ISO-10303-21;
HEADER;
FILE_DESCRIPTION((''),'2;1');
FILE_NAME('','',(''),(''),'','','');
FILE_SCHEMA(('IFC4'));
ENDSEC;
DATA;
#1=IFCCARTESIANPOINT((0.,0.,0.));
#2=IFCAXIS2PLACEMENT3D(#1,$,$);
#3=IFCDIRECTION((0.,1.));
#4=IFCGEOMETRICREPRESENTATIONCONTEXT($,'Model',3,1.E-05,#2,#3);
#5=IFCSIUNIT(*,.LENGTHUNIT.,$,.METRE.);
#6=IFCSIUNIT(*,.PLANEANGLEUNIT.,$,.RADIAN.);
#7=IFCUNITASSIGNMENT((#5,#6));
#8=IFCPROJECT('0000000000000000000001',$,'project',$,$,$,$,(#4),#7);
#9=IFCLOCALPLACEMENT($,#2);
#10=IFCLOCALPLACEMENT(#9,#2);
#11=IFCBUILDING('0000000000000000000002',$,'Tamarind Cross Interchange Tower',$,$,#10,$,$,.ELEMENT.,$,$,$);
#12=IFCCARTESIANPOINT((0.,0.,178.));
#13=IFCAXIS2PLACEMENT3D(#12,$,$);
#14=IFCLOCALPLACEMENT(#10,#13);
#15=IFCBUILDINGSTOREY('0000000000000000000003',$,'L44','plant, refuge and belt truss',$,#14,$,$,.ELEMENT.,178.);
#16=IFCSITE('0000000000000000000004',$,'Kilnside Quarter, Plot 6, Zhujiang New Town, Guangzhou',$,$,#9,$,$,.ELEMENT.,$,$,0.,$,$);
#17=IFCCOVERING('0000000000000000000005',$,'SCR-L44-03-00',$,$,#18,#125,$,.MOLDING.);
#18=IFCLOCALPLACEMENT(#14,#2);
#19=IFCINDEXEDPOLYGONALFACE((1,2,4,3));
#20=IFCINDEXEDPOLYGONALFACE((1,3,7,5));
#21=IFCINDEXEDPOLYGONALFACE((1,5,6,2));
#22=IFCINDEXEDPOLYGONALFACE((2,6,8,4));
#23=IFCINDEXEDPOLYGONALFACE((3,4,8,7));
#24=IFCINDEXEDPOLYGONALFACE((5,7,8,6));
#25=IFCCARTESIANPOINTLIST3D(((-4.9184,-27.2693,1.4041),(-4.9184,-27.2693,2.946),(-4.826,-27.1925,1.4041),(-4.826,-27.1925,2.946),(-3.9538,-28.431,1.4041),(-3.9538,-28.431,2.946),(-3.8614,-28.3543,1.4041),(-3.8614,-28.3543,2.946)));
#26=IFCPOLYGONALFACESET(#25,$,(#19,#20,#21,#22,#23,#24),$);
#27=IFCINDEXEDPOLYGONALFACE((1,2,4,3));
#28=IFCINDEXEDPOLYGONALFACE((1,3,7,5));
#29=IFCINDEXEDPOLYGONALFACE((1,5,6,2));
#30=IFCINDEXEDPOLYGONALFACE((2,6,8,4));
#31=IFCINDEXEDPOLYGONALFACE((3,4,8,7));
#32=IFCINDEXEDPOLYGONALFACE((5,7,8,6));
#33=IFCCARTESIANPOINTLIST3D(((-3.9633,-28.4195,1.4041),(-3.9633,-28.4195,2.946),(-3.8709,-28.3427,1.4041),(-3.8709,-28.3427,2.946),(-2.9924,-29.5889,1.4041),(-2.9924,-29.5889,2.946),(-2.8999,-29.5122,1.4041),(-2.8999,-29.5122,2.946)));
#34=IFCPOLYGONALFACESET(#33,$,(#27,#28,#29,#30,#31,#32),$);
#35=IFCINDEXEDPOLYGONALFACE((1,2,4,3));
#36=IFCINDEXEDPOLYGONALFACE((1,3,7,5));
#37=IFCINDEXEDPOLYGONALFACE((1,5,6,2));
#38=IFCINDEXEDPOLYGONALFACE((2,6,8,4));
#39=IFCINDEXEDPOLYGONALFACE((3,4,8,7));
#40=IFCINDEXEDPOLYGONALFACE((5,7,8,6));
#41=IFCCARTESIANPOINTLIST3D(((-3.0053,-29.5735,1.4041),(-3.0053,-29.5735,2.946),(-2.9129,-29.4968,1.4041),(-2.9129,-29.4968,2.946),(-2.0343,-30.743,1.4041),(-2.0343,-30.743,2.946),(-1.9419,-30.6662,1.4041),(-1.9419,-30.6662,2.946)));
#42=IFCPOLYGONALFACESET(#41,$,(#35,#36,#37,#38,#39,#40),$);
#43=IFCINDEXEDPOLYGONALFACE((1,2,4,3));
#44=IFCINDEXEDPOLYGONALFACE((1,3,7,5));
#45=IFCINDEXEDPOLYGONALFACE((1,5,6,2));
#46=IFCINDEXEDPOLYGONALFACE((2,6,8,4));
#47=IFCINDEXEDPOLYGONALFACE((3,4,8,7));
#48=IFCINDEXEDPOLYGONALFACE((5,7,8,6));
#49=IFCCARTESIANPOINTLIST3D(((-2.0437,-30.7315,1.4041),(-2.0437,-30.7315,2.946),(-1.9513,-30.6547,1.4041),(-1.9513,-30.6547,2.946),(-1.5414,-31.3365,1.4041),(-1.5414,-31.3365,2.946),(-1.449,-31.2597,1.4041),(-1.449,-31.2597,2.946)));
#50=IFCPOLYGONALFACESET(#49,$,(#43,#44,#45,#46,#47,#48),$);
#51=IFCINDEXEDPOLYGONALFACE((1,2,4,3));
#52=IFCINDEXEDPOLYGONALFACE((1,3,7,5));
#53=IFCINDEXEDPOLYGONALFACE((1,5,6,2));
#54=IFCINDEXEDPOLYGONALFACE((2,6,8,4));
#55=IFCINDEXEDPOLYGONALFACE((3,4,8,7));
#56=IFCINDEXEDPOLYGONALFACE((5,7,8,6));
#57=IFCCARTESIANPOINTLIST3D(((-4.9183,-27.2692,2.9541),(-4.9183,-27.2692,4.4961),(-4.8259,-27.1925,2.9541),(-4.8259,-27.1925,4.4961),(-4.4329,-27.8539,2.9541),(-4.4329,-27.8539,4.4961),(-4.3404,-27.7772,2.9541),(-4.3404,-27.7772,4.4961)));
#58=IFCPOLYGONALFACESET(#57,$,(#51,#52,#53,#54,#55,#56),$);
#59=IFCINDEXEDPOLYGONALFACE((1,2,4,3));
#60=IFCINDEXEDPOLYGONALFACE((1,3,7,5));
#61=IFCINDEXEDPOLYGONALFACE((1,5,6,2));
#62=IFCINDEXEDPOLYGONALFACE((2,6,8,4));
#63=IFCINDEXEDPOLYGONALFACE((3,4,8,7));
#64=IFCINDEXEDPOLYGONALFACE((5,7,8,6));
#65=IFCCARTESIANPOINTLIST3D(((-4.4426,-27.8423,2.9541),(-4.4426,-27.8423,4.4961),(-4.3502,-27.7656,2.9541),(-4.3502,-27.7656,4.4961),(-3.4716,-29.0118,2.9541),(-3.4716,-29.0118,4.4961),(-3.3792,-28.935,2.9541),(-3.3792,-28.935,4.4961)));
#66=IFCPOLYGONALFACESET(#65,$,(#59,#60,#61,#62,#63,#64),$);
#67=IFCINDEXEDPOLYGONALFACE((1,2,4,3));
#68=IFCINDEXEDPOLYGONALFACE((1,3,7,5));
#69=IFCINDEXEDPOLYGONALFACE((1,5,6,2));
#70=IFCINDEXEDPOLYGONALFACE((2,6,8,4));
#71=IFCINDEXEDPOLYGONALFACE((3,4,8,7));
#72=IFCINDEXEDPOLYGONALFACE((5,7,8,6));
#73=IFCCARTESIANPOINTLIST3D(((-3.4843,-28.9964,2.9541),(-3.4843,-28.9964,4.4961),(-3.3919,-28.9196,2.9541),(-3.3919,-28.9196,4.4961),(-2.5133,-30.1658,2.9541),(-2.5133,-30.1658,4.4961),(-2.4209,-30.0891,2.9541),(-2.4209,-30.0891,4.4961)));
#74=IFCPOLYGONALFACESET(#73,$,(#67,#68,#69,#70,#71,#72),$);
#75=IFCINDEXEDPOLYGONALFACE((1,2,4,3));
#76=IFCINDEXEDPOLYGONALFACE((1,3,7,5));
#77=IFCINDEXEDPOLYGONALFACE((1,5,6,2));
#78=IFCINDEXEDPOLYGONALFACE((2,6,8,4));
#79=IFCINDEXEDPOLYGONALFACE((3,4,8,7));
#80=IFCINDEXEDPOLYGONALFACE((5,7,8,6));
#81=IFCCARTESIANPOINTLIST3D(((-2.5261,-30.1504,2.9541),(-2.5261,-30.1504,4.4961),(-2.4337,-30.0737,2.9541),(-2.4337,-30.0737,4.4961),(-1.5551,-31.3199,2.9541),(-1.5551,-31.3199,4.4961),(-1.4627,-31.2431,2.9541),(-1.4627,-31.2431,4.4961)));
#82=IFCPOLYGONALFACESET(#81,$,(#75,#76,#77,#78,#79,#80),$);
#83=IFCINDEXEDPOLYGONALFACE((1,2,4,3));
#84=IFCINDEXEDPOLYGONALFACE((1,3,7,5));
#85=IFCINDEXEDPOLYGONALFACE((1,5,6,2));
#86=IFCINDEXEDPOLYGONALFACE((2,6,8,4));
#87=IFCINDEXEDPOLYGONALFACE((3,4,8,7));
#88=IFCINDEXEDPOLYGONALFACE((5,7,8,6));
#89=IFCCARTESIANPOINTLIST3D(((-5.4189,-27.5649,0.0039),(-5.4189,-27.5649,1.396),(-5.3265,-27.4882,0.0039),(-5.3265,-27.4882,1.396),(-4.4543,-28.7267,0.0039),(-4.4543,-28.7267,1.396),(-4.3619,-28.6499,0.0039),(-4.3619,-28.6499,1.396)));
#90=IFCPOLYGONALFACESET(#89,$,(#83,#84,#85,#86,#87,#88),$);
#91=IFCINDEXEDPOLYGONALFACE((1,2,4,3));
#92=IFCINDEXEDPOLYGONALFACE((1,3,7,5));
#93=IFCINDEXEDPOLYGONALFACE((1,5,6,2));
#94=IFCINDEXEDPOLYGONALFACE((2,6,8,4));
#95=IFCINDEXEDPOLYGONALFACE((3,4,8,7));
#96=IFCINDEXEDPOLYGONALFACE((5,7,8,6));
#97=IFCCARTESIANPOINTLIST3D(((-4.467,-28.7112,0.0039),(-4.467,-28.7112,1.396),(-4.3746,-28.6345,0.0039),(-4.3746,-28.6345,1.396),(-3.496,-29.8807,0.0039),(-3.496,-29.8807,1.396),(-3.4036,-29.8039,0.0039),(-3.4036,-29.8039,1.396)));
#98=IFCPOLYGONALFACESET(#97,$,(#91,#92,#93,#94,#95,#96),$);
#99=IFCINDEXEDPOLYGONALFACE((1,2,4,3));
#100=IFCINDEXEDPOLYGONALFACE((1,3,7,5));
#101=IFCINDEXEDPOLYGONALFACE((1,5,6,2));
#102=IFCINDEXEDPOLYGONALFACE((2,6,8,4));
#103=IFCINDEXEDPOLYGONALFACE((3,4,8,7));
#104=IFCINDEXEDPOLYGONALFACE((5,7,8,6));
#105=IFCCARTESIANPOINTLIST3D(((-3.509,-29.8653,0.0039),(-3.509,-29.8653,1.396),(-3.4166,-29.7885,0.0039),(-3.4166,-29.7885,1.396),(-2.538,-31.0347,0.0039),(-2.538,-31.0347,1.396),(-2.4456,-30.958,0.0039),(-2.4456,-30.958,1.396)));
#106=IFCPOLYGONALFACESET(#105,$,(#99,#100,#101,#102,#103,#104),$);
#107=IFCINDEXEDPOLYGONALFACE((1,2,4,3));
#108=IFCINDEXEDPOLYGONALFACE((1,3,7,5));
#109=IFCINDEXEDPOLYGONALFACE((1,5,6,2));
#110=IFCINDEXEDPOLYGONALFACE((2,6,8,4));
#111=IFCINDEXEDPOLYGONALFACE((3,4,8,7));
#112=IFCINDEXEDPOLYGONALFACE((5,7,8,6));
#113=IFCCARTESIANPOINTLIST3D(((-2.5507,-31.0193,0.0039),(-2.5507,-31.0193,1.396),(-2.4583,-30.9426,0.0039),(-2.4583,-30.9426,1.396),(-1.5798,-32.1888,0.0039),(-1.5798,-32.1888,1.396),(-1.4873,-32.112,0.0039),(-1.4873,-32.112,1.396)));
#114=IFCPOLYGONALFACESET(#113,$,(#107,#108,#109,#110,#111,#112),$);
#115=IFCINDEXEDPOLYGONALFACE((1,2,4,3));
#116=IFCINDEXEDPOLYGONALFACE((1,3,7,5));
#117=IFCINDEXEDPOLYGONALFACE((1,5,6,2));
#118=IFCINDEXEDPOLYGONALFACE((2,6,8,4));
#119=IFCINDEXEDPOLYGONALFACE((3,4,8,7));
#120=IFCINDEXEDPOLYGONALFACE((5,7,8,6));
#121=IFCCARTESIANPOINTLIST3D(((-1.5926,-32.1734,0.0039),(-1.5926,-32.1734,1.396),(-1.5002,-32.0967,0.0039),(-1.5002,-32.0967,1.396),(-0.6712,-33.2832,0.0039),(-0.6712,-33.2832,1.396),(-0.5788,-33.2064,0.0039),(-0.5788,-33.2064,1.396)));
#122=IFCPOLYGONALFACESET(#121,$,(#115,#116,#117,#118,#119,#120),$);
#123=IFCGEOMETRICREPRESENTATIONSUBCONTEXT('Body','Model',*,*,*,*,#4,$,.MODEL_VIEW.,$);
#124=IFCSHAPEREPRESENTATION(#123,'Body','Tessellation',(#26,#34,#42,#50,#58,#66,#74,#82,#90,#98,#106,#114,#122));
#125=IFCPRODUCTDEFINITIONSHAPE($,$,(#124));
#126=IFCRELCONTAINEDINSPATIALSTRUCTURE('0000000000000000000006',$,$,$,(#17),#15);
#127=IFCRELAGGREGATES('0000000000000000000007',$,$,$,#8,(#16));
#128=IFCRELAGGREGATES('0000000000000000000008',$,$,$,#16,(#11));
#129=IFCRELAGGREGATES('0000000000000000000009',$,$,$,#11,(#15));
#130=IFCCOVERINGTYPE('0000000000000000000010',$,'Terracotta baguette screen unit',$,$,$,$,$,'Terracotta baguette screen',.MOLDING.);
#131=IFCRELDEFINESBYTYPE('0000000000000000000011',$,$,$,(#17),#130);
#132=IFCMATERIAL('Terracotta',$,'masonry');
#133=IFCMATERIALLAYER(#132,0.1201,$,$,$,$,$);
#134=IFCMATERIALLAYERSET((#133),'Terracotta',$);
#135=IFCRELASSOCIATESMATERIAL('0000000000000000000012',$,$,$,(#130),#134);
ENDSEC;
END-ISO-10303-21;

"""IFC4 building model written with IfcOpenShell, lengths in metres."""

from ifc_helpers import new_model, si_unit, direction, frame, origin, origin_2d, place, context, subcontext, project, spatial, rectangle, extrude, material, layer, layer_set, type_object, element, save


model = new_model("IFC4")

# Units and contexts
model_context = context("Model", 3, precision=1e-05, world=origin(), true_north=direction((0.0, 1.0)))
body_context = subcontext(model_context, "Body", "Model", "MODEL_VIEW")
ifc_project = project(units=[si_unit("LENGTHUNIT", "METRE"), si_unit("PLANEANGLEUNIT", "RADIAN")], contexts=[model_context])

# Site, building, storey
site_placement = place(None, origin())
site = spatial("IfcSite", under=ifc_project, at=site_placement, Name="Kilnside Quarter, Plot 6, Zhujiang New Town, Guangzhou", CompositionType="ELEMENT", RefElevation=0.0)
building_placement = place(site_placement, origin())
building = spatial("IfcBuilding", under=site, at=building_placement, Name="Tamarind Cross Interchange Tower", CompositionType="ELEMENT")
storey_placement = place(building_placement, frame((0.0, 0.0, 178.0)))
storey = spatial("IfcBuildingStorey", under=building, at=storey_placement, Name="L44", Description="plant, refuge and belt truss", CompositionType="ELEMENT", Elevation=178.0)

# Covering
ifc_material_1 = material(Name="Terracotta", Category="masonry")
ifc_layer_1 = layer(ifc_material_1, 0.1201)
ifc_layer_set_1 = layer_set([ifc_layer_1], Name="Terracotta")
covering_type = type_object("IfcCoveringType", Name="Terracotta baguette screen unit", ElementType="Terracotta baguette screen", PredefinedType="MOLDING", material=ifc_layer_set_1)
covering_1_placement = place(storey_placement, origin())
element("IfcCovering", 1, at=covering_1_placement, inside=storey, type_object=covering_type, Name="SCR-L44-03-00", PredefinedType="MOLDING", context=body_context, shape_type="SweptSolid", body=[
    extrude(rectangle(XDim=1.51, YDim=0.1201, at=origin_2d()), frame((-4.3899, -27.8118, 1.4041), z_axis=(0.0, 0.0, 1.0), x_axis=(0.6388, -0.769373, 0.0)), (0.0, 0.0, 1.0), 1.542),
    extrude(rectangle(XDim=1.52, YDim=0.1201, at=origin_2d()), frame((-3.4316, -28.9658, 1.4041), z_axis=(0.0, 0.0, 1.0), x_axis=(0.6388, -0.769373, 0.0)), (0.0, 0.0, 1.0), 1.542),
    extrude(rectangle(XDim=1.52, YDim=0.1201, at=origin_2d()), frame((-2.4736, -30.1199, 1.4041), z_axis=(0.0, 0.0, 1.0), x_axis=(0.6388, -0.769373, 0.0)), (0.0, 0.0, 1.0), 1.542),
    extrude(rectangle(XDim=0.7864, YDim=0.1201, at=origin_2d()), frame((-1.7463, -30.9956, 1.4041), z_axis=(0.0, 0.0, 1.0), x_axis=(0.6388, -0.769373, 0.0)), (0.0, 0.0, 1.0), 1.542),
    extrude(rectangle(XDim=0.76, YDim=0.1201, at=origin_2d()), frame((-4.6294, -27.5232, 2.9541), z_axis=(0.0, 0.0, 1.0), x_axis=(0.6388, -0.769373, 0.0)), (0.0, 0.0, 1.0), 1.542),
    extrude(rectangle(XDim=1.52, YDim=0.1201, at=origin_2d()), frame((-3.9109, -28.3887, 2.9541), z_axis=(0.0, 0.0, 1.0), x_axis=(0.6388, -0.769373, 0.0)), (0.0, 0.0, 1.0), 1.542),
    extrude(rectangle(XDim=1.52, YDim=0.1201, at=origin_2d()), frame((-2.9526, -29.5427, 2.9541), z_axis=(0.0, 0.0, 1.0), x_axis=(0.6388, -0.769373, 0.0)), (0.0, 0.0, 1.0), 1.542),
    extrude(rectangle(XDim=1.52, YDim=0.1201, at=origin_2d()), frame((-1.9944, -30.6968, 2.9541), z_axis=(0.0, 0.0, 1.0), x_axis=(0.6388, -0.769373, 0.0)), (0.0, 0.0, 1.0), 1.542),
    extrude(rectangle(XDim=1.51, YDim=0.1201, at=origin_2d()), frame((-4.8904, -28.1074, 0.0039), z_axis=(0.0, 0.0, 1.0), x_axis=(0.6388, -0.769373, 0.0)), (0.0, 0.0, 1.0), 1.3921),
    extrude(rectangle(XDim=1.52, YDim=0.1201, at=origin_2d()), frame((-3.9353, -29.2576, 0.0039), z_axis=(0.0, 0.0, 1.0), x_axis=(0.6388, -0.769373, 0.0)), (0.0, 0.0, 1.0), 1.3921),
    extrude(rectangle(XDim=1.52, YDim=0.1201, at=origin_2d()), frame((-2.9773, -30.4116, 0.0039), z_axis=(0.0, 0.0, 1.0), x_axis=(0.6388, -0.769373, 0.0)), (0.0, 0.0, 1.0), 1.3921),
    extrude(rectangle(XDim=1.52, YDim=0.1201, at=origin_2d()), frame((-2.019, -31.5657, 0.0039), z_axis=(0.0, 0.0, 1.0), x_axis=(0.6388, -0.769373, 0.0)), (0.0, 0.0, 1.0), 1.3921),
    extrude(rectangle(XDim=1.4424, YDim=0.1201, at=origin_2d()), frame((-1.0857, -32.6899, 0.0039), z_axis=(0.0, 0.0, 1.0), x_axis=(0.6388, -0.769373, 0.0)), (0.0, 0.0, 1.0), 1.3921),
])

save(model, "model.ifc")
